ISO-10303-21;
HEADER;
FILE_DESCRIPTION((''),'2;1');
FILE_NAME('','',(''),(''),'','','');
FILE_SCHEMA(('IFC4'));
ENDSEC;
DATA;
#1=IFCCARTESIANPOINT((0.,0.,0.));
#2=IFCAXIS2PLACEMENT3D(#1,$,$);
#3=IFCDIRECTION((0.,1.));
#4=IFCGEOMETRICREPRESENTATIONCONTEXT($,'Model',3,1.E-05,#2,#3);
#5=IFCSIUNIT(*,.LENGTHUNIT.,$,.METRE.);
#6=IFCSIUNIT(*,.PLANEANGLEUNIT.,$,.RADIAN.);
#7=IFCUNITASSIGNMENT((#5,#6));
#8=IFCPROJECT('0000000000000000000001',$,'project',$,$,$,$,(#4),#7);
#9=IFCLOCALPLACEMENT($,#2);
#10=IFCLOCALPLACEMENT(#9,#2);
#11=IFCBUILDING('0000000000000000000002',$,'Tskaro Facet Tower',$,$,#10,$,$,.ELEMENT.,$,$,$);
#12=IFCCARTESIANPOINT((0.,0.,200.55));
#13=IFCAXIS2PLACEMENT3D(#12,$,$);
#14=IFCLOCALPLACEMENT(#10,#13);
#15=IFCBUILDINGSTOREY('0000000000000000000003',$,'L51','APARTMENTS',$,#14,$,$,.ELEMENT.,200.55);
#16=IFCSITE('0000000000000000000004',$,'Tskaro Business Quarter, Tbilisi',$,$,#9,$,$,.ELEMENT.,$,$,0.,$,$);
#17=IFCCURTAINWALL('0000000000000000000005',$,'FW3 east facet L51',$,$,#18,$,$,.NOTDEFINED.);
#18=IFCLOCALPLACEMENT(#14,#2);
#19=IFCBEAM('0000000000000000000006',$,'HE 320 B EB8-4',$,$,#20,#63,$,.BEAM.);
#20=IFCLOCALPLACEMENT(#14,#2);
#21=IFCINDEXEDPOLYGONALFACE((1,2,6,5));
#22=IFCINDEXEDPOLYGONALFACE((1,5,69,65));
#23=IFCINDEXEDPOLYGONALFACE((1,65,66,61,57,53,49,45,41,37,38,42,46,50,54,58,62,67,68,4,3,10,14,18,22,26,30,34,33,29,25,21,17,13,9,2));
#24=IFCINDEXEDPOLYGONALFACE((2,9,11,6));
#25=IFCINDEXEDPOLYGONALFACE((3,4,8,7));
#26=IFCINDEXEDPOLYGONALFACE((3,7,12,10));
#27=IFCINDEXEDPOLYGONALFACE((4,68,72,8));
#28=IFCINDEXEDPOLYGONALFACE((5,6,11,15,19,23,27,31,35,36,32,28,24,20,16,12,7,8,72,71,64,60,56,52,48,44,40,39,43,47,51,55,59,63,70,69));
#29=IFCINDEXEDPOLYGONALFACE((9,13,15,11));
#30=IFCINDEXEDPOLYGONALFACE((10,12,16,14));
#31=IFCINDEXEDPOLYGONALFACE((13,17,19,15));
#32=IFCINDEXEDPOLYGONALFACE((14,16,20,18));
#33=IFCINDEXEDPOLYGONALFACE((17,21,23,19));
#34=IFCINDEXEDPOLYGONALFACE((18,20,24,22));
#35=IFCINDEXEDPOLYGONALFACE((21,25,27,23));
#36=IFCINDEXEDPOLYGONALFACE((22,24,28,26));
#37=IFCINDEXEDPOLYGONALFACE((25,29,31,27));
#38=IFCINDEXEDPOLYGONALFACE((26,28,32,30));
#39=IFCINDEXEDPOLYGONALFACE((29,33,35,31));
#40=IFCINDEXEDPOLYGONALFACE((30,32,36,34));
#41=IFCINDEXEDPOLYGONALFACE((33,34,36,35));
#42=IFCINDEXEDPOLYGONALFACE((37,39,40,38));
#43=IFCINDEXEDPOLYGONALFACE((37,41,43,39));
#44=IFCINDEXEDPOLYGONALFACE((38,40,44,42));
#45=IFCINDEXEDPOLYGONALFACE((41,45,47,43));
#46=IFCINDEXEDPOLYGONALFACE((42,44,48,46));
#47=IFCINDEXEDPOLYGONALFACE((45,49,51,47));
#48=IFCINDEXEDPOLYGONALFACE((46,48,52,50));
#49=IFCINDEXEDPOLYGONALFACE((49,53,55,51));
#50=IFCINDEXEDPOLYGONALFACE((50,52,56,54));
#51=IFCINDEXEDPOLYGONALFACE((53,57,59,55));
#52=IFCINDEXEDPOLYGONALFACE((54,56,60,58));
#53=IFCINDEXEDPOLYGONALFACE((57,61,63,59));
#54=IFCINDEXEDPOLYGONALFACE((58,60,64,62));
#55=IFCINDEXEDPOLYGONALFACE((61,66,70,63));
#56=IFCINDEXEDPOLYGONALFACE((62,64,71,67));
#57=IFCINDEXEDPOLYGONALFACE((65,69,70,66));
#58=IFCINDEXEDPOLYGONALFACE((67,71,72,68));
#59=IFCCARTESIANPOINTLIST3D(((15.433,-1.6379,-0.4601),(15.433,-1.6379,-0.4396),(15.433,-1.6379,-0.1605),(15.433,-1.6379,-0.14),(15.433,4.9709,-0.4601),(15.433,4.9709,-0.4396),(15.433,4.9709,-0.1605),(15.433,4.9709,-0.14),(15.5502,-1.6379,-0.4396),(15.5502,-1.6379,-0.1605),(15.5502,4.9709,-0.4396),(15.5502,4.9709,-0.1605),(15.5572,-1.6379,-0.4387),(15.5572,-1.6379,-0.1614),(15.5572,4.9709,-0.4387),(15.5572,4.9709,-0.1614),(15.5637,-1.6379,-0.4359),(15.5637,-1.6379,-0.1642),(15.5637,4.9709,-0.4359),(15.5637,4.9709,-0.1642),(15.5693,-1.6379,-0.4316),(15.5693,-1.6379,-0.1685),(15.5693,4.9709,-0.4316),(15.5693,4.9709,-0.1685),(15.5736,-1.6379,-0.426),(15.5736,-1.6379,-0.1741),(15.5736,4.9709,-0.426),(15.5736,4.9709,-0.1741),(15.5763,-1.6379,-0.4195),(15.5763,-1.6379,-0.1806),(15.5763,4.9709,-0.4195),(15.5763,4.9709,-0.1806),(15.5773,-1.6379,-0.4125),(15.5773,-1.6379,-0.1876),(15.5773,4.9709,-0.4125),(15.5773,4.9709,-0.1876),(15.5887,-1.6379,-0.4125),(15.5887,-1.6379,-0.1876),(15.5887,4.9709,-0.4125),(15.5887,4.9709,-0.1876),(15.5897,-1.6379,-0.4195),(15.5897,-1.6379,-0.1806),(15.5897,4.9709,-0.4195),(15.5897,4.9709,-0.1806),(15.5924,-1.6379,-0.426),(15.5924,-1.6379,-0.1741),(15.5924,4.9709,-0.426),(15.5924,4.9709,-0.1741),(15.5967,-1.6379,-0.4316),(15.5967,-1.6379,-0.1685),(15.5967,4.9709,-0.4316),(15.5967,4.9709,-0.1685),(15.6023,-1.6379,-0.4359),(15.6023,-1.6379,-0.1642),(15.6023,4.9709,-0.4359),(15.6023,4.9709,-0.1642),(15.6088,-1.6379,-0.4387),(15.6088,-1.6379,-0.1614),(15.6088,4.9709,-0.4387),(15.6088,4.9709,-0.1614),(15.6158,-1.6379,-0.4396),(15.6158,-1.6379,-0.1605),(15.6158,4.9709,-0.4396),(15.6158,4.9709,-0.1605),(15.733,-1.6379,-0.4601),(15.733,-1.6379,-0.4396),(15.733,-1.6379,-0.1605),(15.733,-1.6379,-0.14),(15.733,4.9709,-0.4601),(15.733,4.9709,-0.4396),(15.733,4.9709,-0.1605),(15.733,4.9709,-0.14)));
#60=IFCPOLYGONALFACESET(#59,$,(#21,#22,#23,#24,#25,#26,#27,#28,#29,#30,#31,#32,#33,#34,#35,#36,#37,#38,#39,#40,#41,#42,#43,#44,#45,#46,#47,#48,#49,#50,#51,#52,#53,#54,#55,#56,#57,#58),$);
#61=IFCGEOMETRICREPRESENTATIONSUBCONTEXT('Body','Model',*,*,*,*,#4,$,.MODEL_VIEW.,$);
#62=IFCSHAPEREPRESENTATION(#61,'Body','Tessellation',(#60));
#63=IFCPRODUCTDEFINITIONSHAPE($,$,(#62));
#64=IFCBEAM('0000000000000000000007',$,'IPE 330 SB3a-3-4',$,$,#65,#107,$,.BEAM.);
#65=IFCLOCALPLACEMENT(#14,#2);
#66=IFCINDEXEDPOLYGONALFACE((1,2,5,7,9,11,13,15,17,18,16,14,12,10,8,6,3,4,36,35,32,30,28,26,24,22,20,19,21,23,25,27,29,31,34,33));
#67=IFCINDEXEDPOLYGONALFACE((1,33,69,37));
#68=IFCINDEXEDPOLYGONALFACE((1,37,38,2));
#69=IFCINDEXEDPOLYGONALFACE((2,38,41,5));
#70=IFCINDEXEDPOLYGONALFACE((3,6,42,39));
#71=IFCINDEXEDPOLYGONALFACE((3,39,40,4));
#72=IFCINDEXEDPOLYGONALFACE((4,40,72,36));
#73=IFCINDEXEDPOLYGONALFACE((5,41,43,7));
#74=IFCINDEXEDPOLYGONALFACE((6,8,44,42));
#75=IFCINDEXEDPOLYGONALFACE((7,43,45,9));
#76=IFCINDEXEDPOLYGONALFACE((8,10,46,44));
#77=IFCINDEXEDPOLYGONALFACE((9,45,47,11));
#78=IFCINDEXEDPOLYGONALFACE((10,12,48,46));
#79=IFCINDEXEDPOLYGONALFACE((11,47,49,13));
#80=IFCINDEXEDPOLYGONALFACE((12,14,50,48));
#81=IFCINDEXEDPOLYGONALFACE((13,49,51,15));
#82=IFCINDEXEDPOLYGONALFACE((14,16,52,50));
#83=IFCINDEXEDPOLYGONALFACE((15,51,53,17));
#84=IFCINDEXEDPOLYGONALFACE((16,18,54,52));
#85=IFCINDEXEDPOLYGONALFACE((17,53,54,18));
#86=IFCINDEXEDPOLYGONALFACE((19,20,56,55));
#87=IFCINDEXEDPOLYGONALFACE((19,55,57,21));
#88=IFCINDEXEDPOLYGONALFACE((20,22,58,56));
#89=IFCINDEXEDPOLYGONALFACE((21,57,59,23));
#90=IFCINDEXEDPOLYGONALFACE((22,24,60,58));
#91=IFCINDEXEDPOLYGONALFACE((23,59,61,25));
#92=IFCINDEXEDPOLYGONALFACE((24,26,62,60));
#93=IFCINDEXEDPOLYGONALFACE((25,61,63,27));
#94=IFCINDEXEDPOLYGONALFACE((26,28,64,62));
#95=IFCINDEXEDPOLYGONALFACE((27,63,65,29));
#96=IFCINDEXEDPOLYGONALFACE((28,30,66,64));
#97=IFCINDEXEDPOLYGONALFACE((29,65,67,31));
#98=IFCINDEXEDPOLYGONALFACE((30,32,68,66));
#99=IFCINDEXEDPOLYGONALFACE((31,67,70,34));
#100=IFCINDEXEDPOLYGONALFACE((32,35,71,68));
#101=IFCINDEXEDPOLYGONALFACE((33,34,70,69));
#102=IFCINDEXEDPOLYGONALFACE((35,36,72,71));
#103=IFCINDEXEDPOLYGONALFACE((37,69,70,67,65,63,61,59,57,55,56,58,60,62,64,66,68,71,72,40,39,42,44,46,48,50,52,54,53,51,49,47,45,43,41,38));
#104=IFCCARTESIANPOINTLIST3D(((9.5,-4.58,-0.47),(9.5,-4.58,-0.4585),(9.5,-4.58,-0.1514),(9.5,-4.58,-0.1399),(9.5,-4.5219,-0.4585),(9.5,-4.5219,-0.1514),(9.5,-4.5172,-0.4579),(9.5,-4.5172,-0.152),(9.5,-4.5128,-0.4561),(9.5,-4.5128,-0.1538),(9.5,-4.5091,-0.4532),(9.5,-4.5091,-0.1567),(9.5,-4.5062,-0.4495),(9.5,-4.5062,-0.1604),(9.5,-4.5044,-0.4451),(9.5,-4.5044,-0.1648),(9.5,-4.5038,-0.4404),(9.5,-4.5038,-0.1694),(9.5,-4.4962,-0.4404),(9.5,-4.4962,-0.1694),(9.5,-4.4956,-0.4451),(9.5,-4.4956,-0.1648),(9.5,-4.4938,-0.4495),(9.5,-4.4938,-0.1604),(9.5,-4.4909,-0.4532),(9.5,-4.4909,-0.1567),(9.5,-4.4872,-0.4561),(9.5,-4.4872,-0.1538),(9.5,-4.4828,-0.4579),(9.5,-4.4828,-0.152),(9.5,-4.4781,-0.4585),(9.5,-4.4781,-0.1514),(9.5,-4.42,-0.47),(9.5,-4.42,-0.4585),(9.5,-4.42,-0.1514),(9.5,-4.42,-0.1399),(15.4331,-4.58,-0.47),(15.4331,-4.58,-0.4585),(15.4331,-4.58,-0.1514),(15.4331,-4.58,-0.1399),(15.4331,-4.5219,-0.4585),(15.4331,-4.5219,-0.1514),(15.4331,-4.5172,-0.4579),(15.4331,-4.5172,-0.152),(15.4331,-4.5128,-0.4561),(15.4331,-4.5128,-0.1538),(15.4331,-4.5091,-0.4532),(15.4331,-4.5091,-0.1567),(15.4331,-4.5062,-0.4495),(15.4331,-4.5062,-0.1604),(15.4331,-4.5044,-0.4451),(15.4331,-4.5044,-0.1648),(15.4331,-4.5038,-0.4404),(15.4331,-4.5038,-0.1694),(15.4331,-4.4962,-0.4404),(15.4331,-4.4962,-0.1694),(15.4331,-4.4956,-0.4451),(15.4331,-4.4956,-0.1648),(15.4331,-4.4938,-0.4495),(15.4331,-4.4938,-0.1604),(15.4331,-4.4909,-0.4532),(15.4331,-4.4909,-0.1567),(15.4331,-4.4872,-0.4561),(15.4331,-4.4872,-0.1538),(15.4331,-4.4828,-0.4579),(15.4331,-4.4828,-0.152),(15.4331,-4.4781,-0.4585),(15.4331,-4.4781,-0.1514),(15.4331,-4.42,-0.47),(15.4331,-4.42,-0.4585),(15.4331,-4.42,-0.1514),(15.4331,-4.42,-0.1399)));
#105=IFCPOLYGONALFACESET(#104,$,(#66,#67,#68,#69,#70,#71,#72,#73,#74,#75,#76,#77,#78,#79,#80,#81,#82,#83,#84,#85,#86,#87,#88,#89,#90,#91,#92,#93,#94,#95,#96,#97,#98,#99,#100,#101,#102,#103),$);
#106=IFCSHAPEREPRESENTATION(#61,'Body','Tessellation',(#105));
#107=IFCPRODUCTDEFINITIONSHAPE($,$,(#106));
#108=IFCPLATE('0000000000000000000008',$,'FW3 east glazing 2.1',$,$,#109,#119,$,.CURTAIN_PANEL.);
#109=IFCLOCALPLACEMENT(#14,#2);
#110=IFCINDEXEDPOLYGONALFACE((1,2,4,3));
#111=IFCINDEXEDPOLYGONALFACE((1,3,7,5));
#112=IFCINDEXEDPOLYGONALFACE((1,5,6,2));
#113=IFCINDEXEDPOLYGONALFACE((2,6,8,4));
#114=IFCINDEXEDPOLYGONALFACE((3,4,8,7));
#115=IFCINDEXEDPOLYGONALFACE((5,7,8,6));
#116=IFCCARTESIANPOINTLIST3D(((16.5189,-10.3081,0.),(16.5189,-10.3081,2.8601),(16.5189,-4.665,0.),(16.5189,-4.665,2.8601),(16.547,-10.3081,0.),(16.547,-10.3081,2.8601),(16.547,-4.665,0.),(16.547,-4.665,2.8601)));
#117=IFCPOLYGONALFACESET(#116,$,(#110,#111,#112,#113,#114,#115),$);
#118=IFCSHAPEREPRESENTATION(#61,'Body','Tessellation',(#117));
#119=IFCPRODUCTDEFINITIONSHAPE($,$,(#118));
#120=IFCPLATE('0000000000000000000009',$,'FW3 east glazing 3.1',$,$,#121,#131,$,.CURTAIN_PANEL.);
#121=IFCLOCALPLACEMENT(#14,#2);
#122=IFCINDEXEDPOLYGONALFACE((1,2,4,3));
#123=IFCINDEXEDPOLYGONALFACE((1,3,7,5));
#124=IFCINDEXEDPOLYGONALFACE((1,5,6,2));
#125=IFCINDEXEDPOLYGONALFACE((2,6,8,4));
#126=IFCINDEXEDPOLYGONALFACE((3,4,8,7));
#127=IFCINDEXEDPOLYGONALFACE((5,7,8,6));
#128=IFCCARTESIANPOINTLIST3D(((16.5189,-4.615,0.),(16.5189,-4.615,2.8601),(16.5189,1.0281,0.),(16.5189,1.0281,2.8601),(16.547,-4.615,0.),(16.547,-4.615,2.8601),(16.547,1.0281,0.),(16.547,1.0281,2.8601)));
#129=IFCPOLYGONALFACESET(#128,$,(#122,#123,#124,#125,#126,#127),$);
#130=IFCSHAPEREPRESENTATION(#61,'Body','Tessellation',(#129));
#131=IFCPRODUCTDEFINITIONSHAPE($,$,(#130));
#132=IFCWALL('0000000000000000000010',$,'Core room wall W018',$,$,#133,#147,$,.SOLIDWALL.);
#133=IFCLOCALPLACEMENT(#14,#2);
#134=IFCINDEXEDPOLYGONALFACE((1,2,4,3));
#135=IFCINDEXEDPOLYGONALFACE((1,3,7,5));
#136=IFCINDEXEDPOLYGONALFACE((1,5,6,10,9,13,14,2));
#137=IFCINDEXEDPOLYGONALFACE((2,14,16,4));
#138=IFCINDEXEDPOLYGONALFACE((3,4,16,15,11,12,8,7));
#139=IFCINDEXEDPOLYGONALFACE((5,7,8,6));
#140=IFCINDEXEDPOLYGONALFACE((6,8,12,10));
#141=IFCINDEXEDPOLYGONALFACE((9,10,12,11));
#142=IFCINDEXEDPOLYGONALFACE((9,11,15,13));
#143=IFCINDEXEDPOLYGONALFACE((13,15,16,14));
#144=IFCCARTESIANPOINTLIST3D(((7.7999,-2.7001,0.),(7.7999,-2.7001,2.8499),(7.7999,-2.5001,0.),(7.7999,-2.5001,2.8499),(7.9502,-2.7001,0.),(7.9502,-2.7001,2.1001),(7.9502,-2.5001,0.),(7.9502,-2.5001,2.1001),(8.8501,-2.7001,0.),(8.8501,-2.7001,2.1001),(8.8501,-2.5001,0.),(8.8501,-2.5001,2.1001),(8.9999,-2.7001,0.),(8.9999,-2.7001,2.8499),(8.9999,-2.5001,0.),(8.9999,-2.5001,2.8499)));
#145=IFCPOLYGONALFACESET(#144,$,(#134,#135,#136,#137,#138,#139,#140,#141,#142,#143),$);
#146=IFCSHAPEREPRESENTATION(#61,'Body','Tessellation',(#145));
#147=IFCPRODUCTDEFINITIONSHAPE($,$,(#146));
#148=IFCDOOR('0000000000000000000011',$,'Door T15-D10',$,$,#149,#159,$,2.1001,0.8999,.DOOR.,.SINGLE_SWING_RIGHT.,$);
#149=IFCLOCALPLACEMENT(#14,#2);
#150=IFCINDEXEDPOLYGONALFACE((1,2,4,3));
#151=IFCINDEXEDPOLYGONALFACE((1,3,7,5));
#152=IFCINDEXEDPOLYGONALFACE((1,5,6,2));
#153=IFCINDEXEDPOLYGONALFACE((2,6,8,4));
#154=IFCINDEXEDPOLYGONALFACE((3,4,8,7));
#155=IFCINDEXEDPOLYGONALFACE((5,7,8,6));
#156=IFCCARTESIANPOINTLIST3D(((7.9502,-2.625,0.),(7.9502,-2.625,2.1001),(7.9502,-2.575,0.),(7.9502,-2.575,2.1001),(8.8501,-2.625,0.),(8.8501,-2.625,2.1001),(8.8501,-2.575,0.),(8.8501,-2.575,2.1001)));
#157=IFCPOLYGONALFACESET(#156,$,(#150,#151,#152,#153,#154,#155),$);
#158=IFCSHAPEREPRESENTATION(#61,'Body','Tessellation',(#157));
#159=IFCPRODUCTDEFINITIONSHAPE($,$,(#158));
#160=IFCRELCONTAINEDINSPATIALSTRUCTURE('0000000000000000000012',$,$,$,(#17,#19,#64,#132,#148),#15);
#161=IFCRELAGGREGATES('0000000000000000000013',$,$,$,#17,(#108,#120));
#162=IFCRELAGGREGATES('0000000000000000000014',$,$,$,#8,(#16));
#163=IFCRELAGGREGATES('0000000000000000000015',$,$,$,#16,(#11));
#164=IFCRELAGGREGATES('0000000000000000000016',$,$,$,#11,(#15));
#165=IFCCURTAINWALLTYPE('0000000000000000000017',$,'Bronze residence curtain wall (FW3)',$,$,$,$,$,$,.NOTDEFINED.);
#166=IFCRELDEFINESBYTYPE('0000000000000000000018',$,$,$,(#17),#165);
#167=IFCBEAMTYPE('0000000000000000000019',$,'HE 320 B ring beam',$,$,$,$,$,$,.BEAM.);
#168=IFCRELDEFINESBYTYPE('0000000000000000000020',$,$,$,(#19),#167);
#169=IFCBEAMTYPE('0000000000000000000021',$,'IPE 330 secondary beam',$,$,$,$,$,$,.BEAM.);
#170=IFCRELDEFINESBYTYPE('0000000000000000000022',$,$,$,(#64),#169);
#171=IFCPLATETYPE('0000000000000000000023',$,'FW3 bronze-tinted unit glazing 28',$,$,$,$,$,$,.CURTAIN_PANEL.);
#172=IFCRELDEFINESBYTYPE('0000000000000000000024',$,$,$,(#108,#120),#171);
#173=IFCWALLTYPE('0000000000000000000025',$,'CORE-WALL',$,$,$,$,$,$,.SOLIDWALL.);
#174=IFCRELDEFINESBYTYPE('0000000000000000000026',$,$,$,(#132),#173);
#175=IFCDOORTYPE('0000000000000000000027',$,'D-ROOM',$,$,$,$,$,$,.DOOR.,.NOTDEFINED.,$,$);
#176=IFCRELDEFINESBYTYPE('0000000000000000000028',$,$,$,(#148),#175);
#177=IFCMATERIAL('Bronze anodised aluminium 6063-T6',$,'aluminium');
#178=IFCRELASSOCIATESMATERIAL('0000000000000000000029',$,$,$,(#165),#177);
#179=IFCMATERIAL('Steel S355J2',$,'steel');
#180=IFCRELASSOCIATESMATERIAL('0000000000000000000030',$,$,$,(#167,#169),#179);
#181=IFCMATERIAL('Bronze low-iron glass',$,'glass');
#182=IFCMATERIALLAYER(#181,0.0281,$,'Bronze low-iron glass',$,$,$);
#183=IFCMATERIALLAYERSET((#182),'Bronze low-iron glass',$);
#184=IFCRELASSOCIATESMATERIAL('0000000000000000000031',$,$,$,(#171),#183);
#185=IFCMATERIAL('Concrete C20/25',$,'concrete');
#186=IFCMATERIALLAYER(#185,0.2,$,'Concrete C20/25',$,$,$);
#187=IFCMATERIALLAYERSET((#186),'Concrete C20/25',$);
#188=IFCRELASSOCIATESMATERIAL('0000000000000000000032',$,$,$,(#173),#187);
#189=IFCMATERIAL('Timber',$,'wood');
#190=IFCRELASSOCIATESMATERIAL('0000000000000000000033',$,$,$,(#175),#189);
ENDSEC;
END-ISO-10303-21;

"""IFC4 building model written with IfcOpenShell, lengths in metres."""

from ifc_helpers import new_model, si_unit, direction, frame, frame_2d, origin, origin_2d, place, context, subcontext, project, spatial, rectangle, i_section, extrude, material, layer, layer_set, material_profile, profile_set, type_object, element, fill, aggregate, save


model = new_model("IFC4")

# Units and contexts
model_context = context("Model", 3, precision=1e-05, world=origin(), true_north=direction((0.0, 1.0)))
body_context = subcontext(model_context, "Body", "Model", "MODEL_VIEW")
ifc_project = project(units=[si_unit("LENGTHUNIT", "METRE"), si_unit("PLANEANGLEUNIT", "RADIAN")], contexts=[model_context])

# Site, building, storey
site_placement = place(None, origin())
site = spatial("IfcSite", under=ifc_project, at=site_placement, Name="Tskaro Business Quarter, Tbilisi", CompositionType="ELEMENT", RefElevation=0.0)
building_placement = place(site_placement, origin())
building = spatial("IfcBuilding", under=site, at=building_placement, Name="Tskaro Facet Tower", CompositionType="ELEMENT")
storey_placement = place(building_placement, frame((0.0, 0.0, 200.55)))
storey = spatial("IfcBuildingStorey", under=building, at=storey_placement, Name="L51", Description="APARTMENTS", CompositionType="ELEMENT", Elevation=200.55)

# Curtain wall
ifc_material_1 = material(Name="Bronze anodised aluminium 6063-T6", Category="aluminium")
curtain_wall_type = type_object("IfcCurtainWallType", Name="Bronze residence curtain wall (FW3)", PredefinedType="NOTDEFINED", material=ifc_material_1)
curtain_wall_placement = place(storey_placement, origin())
curtain_wall = element("IfcCurtainWall", 1, at=curtain_wall_placement, inside=storey, type_object=curtain_wall_type, Name="FW3 east facet L51", PredefinedType="NOTDEFINED")

# Beams
ifc_material_2 = material(Name="Steel S355J2", Category="steel")
ifc_material_profile_1 = material_profile(ifc_material_2, i_section(OverallWidth=0.3, OverallDepth=0.3201, WebThickness=0.0115, FlangeThickness=0.0205, FilletRadius=0.0271, at=origin_2d()), Name="HE 320 B")
ifc_profile_set_1 = profile_set([ifc_material_profile_1], Name="Steel S355J2")
beam_type_1 = type_object("IfcBeamType", Name="HE 320 B ring beam", PredefinedType="BEAM", material=ifc_profile_set_1)
beam_1_placement = place(storey_placement, frame((15.583, -1.6379, -0.3), z_axis=(0.0, 1.0, 0.0), x_axis=(-1.0, 0.0, 0.0)))
element("IfcBeam", 2, at=beam_1_placement, inside=storey, type_object=beam_type_1, Name="HE 320 B EB8-4", PredefinedType="BEAM", context=body_context, shape_type="SweptSolid", body=[
    extrude(i_section(OverallWidth=0.3, OverallDepth=0.3201, WebThickness=0.0115, FlangeThickness=0.0205, FilletRadius=0.0271, at=origin_2d()), origin(), (0.0, 0.0, 1.0), 6.6089),
])
ifc_material_profile_2 = material_profile(ifc_material_2, i_section(OverallWidth=0.1599, OverallDepth=0.3301, WebThickness=0.0076, FlangeThickness=0.0115, FilletRadius=0.0181, at=origin_2d()), Name="IPE 330")
ifc_profile_set_2 = profile_set([ifc_material_profile_2], Name="Steel S355J2")
beam_type_2 = type_object("IfcBeamType", Name="IPE 330 secondary beam", PredefinedType="BEAM", material=ifc_profile_set_2)
beam_2_placement = place(storey_placement, frame((9.5, -4.5, -0.3049), z_axis=(1.0, 0.0, 0.0), x_axis=(0.0, 1.0, 0.0)))
element("IfcBeam", 3, at=beam_2_placement, inside=storey, type_object=beam_type_2, Name="IPE 330 SB3a-3-4", PredefinedType="BEAM", context=body_context, shape_type="SweptSolid", body=[
    extrude(i_section(OverallWidth=0.1599, OverallDepth=0.3301, WebThickness=0.0076, FlangeThickness=0.0115, FilletRadius=0.0181, at=origin_2d()), origin(), (0.0, 0.0, 1.0), 5.9331),
])

# Plates
ifc_material_3 = material(Name="Bronze low-iron glass", Category="glass")
ifc_layer_1 = layer(ifc_material_3, 0.0281, Name="Bronze low-iron glass")
ifc_layer_set_1 = layer_set([ifc_layer_1], Name="Bronze low-iron glass")
plate_type = type_object("IfcPlateType", Name="FW3 bronze-tinted unit glazing 28", PredefinedType="CURTAIN_PANEL", material=ifc_layer_set_1)
plate_1_placement = place(storey_placement, frame((16.533, -7.4866, 0.0), z_axis=(0.0, 0.0, 1.0), x_axis=(0.0, 1.0, 0.0)))
plate_1 = element("IfcPlate", 4, at=plate_1_placement, type_object=plate_type, Name="FW3 east glazing 2.1", PredefinedType="CURTAIN_PANEL", context=body_context, shape_type="SweptSolid", body=[
    extrude(rectangle(XDim=5.6431, YDim=0.0281, at=origin_2d()), origin(), (0.0, 0.0, 1.0), 2.8601),
])
plate_2_placement = place(storey_placement, frame((16.533, -1.7935, 0.0), z_axis=(0.0, 0.0, 1.0), x_axis=(0.0, 1.0, 0.0)))
plate_2 = element("IfcPlate", 5, at=plate_2_placement, type_object=plate_type, Name="FW3 east glazing 3.1", PredefinedType="CURTAIN_PANEL", context=body_context, shape_type="SweptSolid", body=[
    extrude(rectangle(XDim=5.6431, YDim=0.0281, at=origin_2d()), origin(), (0.0, 0.0, 1.0), 2.8601),
])
aggregate(curtain_wall, [plate_1, plate_2])

# Wall, opening, door
ifc_material_4 = material(Name="Concrete C20/25", Category="concrete")
ifc_layer_2 = layer(ifc_material_4, 0.2, Name="Concrete C20/25")
ifc_layer_set_2 = layer_set([ifc_layer_2], Name="Concrete C20/25")
wall_type_1 = type_object("IfcWallType", Name="CORE-WALL", PredefinedType="SOLIDWALL", material=ifc_layer_set_2)
wall_1_placement = place(storey_placement, frame((9.0, -2.6001, 0.0), z_axis=(0.0, 0.0, 1.0), x_axis=(-1.0, 0.0, 0.0)))
wall_1 = element("IfcWall", 6, at=wall_1_placement, inside=storey, type_object=wall_type_1, Name="Core room wall W018", PredefinedType="SOLIDWALL", context=body_context, shape_type="SweptSolid", body=[
    extrude(rectangle(XDim=1.2, YDim=0.2, at=frame_2d((0.6001, 0.0))), origin(), (0.0, 0.0, 1.0), 2.8499),
])
opening_1_placement = place(wall_1_placement, frame((0.1499, 0.0, 0.0)))
opening_1 = element("IfcOpeningElement", 7, at=opening_1_placement, cuts=wall_1, PredefinedType="OPENING", context=body_context, shape_type="SweptSolid", body=[
    extrude(rectangle(XDim=0.8999, YDim=2.1001, at=frame_2d((0.45, 1.05))), frame((0.0, 0.1099, 0.0), z_axis=(0.0, -1.0, 0.0), x_axis=(1.0, 0.0, 0.0)), (0.0, 0.0, 1.0), 0.22),
])
ifc_material_5 = material(Name="Timber", Category="wood")
door_type_1 = type_object("IfcDoorType", Name="D-ROOM", OperationType="NOTDEFINED", PredefinedType="DOOR", material=ifc_material_5)
door_1_placement = place(opening_1_placement, origin())
door_1 = element("IfcDoor", 8, at=door_1_placement, inside=storey, type_object=door_type_1, Name="Door T15-D10", OperationType="SINGLE_SWING_RIGHT", OverallHeight=2.1001, OverallWidth=0.8999, PredefinedType="DOOR", context=body_context, shape_type="SweptSolid", body=[
    extrude(rectangle(XDim=0.8999, YDim=2.1001, at=frame_2d((0.45, 1.05))), frame((0.0, 0.0249, 0.0), z_axis=(0.0, -1.0, 0.0), x_axis=(1.0, 0.0, 0.0)), (0.0, 0.0, 1.0), 0.05),
])
fill(opening_1, door_1)

save(model, "model.ifc")
